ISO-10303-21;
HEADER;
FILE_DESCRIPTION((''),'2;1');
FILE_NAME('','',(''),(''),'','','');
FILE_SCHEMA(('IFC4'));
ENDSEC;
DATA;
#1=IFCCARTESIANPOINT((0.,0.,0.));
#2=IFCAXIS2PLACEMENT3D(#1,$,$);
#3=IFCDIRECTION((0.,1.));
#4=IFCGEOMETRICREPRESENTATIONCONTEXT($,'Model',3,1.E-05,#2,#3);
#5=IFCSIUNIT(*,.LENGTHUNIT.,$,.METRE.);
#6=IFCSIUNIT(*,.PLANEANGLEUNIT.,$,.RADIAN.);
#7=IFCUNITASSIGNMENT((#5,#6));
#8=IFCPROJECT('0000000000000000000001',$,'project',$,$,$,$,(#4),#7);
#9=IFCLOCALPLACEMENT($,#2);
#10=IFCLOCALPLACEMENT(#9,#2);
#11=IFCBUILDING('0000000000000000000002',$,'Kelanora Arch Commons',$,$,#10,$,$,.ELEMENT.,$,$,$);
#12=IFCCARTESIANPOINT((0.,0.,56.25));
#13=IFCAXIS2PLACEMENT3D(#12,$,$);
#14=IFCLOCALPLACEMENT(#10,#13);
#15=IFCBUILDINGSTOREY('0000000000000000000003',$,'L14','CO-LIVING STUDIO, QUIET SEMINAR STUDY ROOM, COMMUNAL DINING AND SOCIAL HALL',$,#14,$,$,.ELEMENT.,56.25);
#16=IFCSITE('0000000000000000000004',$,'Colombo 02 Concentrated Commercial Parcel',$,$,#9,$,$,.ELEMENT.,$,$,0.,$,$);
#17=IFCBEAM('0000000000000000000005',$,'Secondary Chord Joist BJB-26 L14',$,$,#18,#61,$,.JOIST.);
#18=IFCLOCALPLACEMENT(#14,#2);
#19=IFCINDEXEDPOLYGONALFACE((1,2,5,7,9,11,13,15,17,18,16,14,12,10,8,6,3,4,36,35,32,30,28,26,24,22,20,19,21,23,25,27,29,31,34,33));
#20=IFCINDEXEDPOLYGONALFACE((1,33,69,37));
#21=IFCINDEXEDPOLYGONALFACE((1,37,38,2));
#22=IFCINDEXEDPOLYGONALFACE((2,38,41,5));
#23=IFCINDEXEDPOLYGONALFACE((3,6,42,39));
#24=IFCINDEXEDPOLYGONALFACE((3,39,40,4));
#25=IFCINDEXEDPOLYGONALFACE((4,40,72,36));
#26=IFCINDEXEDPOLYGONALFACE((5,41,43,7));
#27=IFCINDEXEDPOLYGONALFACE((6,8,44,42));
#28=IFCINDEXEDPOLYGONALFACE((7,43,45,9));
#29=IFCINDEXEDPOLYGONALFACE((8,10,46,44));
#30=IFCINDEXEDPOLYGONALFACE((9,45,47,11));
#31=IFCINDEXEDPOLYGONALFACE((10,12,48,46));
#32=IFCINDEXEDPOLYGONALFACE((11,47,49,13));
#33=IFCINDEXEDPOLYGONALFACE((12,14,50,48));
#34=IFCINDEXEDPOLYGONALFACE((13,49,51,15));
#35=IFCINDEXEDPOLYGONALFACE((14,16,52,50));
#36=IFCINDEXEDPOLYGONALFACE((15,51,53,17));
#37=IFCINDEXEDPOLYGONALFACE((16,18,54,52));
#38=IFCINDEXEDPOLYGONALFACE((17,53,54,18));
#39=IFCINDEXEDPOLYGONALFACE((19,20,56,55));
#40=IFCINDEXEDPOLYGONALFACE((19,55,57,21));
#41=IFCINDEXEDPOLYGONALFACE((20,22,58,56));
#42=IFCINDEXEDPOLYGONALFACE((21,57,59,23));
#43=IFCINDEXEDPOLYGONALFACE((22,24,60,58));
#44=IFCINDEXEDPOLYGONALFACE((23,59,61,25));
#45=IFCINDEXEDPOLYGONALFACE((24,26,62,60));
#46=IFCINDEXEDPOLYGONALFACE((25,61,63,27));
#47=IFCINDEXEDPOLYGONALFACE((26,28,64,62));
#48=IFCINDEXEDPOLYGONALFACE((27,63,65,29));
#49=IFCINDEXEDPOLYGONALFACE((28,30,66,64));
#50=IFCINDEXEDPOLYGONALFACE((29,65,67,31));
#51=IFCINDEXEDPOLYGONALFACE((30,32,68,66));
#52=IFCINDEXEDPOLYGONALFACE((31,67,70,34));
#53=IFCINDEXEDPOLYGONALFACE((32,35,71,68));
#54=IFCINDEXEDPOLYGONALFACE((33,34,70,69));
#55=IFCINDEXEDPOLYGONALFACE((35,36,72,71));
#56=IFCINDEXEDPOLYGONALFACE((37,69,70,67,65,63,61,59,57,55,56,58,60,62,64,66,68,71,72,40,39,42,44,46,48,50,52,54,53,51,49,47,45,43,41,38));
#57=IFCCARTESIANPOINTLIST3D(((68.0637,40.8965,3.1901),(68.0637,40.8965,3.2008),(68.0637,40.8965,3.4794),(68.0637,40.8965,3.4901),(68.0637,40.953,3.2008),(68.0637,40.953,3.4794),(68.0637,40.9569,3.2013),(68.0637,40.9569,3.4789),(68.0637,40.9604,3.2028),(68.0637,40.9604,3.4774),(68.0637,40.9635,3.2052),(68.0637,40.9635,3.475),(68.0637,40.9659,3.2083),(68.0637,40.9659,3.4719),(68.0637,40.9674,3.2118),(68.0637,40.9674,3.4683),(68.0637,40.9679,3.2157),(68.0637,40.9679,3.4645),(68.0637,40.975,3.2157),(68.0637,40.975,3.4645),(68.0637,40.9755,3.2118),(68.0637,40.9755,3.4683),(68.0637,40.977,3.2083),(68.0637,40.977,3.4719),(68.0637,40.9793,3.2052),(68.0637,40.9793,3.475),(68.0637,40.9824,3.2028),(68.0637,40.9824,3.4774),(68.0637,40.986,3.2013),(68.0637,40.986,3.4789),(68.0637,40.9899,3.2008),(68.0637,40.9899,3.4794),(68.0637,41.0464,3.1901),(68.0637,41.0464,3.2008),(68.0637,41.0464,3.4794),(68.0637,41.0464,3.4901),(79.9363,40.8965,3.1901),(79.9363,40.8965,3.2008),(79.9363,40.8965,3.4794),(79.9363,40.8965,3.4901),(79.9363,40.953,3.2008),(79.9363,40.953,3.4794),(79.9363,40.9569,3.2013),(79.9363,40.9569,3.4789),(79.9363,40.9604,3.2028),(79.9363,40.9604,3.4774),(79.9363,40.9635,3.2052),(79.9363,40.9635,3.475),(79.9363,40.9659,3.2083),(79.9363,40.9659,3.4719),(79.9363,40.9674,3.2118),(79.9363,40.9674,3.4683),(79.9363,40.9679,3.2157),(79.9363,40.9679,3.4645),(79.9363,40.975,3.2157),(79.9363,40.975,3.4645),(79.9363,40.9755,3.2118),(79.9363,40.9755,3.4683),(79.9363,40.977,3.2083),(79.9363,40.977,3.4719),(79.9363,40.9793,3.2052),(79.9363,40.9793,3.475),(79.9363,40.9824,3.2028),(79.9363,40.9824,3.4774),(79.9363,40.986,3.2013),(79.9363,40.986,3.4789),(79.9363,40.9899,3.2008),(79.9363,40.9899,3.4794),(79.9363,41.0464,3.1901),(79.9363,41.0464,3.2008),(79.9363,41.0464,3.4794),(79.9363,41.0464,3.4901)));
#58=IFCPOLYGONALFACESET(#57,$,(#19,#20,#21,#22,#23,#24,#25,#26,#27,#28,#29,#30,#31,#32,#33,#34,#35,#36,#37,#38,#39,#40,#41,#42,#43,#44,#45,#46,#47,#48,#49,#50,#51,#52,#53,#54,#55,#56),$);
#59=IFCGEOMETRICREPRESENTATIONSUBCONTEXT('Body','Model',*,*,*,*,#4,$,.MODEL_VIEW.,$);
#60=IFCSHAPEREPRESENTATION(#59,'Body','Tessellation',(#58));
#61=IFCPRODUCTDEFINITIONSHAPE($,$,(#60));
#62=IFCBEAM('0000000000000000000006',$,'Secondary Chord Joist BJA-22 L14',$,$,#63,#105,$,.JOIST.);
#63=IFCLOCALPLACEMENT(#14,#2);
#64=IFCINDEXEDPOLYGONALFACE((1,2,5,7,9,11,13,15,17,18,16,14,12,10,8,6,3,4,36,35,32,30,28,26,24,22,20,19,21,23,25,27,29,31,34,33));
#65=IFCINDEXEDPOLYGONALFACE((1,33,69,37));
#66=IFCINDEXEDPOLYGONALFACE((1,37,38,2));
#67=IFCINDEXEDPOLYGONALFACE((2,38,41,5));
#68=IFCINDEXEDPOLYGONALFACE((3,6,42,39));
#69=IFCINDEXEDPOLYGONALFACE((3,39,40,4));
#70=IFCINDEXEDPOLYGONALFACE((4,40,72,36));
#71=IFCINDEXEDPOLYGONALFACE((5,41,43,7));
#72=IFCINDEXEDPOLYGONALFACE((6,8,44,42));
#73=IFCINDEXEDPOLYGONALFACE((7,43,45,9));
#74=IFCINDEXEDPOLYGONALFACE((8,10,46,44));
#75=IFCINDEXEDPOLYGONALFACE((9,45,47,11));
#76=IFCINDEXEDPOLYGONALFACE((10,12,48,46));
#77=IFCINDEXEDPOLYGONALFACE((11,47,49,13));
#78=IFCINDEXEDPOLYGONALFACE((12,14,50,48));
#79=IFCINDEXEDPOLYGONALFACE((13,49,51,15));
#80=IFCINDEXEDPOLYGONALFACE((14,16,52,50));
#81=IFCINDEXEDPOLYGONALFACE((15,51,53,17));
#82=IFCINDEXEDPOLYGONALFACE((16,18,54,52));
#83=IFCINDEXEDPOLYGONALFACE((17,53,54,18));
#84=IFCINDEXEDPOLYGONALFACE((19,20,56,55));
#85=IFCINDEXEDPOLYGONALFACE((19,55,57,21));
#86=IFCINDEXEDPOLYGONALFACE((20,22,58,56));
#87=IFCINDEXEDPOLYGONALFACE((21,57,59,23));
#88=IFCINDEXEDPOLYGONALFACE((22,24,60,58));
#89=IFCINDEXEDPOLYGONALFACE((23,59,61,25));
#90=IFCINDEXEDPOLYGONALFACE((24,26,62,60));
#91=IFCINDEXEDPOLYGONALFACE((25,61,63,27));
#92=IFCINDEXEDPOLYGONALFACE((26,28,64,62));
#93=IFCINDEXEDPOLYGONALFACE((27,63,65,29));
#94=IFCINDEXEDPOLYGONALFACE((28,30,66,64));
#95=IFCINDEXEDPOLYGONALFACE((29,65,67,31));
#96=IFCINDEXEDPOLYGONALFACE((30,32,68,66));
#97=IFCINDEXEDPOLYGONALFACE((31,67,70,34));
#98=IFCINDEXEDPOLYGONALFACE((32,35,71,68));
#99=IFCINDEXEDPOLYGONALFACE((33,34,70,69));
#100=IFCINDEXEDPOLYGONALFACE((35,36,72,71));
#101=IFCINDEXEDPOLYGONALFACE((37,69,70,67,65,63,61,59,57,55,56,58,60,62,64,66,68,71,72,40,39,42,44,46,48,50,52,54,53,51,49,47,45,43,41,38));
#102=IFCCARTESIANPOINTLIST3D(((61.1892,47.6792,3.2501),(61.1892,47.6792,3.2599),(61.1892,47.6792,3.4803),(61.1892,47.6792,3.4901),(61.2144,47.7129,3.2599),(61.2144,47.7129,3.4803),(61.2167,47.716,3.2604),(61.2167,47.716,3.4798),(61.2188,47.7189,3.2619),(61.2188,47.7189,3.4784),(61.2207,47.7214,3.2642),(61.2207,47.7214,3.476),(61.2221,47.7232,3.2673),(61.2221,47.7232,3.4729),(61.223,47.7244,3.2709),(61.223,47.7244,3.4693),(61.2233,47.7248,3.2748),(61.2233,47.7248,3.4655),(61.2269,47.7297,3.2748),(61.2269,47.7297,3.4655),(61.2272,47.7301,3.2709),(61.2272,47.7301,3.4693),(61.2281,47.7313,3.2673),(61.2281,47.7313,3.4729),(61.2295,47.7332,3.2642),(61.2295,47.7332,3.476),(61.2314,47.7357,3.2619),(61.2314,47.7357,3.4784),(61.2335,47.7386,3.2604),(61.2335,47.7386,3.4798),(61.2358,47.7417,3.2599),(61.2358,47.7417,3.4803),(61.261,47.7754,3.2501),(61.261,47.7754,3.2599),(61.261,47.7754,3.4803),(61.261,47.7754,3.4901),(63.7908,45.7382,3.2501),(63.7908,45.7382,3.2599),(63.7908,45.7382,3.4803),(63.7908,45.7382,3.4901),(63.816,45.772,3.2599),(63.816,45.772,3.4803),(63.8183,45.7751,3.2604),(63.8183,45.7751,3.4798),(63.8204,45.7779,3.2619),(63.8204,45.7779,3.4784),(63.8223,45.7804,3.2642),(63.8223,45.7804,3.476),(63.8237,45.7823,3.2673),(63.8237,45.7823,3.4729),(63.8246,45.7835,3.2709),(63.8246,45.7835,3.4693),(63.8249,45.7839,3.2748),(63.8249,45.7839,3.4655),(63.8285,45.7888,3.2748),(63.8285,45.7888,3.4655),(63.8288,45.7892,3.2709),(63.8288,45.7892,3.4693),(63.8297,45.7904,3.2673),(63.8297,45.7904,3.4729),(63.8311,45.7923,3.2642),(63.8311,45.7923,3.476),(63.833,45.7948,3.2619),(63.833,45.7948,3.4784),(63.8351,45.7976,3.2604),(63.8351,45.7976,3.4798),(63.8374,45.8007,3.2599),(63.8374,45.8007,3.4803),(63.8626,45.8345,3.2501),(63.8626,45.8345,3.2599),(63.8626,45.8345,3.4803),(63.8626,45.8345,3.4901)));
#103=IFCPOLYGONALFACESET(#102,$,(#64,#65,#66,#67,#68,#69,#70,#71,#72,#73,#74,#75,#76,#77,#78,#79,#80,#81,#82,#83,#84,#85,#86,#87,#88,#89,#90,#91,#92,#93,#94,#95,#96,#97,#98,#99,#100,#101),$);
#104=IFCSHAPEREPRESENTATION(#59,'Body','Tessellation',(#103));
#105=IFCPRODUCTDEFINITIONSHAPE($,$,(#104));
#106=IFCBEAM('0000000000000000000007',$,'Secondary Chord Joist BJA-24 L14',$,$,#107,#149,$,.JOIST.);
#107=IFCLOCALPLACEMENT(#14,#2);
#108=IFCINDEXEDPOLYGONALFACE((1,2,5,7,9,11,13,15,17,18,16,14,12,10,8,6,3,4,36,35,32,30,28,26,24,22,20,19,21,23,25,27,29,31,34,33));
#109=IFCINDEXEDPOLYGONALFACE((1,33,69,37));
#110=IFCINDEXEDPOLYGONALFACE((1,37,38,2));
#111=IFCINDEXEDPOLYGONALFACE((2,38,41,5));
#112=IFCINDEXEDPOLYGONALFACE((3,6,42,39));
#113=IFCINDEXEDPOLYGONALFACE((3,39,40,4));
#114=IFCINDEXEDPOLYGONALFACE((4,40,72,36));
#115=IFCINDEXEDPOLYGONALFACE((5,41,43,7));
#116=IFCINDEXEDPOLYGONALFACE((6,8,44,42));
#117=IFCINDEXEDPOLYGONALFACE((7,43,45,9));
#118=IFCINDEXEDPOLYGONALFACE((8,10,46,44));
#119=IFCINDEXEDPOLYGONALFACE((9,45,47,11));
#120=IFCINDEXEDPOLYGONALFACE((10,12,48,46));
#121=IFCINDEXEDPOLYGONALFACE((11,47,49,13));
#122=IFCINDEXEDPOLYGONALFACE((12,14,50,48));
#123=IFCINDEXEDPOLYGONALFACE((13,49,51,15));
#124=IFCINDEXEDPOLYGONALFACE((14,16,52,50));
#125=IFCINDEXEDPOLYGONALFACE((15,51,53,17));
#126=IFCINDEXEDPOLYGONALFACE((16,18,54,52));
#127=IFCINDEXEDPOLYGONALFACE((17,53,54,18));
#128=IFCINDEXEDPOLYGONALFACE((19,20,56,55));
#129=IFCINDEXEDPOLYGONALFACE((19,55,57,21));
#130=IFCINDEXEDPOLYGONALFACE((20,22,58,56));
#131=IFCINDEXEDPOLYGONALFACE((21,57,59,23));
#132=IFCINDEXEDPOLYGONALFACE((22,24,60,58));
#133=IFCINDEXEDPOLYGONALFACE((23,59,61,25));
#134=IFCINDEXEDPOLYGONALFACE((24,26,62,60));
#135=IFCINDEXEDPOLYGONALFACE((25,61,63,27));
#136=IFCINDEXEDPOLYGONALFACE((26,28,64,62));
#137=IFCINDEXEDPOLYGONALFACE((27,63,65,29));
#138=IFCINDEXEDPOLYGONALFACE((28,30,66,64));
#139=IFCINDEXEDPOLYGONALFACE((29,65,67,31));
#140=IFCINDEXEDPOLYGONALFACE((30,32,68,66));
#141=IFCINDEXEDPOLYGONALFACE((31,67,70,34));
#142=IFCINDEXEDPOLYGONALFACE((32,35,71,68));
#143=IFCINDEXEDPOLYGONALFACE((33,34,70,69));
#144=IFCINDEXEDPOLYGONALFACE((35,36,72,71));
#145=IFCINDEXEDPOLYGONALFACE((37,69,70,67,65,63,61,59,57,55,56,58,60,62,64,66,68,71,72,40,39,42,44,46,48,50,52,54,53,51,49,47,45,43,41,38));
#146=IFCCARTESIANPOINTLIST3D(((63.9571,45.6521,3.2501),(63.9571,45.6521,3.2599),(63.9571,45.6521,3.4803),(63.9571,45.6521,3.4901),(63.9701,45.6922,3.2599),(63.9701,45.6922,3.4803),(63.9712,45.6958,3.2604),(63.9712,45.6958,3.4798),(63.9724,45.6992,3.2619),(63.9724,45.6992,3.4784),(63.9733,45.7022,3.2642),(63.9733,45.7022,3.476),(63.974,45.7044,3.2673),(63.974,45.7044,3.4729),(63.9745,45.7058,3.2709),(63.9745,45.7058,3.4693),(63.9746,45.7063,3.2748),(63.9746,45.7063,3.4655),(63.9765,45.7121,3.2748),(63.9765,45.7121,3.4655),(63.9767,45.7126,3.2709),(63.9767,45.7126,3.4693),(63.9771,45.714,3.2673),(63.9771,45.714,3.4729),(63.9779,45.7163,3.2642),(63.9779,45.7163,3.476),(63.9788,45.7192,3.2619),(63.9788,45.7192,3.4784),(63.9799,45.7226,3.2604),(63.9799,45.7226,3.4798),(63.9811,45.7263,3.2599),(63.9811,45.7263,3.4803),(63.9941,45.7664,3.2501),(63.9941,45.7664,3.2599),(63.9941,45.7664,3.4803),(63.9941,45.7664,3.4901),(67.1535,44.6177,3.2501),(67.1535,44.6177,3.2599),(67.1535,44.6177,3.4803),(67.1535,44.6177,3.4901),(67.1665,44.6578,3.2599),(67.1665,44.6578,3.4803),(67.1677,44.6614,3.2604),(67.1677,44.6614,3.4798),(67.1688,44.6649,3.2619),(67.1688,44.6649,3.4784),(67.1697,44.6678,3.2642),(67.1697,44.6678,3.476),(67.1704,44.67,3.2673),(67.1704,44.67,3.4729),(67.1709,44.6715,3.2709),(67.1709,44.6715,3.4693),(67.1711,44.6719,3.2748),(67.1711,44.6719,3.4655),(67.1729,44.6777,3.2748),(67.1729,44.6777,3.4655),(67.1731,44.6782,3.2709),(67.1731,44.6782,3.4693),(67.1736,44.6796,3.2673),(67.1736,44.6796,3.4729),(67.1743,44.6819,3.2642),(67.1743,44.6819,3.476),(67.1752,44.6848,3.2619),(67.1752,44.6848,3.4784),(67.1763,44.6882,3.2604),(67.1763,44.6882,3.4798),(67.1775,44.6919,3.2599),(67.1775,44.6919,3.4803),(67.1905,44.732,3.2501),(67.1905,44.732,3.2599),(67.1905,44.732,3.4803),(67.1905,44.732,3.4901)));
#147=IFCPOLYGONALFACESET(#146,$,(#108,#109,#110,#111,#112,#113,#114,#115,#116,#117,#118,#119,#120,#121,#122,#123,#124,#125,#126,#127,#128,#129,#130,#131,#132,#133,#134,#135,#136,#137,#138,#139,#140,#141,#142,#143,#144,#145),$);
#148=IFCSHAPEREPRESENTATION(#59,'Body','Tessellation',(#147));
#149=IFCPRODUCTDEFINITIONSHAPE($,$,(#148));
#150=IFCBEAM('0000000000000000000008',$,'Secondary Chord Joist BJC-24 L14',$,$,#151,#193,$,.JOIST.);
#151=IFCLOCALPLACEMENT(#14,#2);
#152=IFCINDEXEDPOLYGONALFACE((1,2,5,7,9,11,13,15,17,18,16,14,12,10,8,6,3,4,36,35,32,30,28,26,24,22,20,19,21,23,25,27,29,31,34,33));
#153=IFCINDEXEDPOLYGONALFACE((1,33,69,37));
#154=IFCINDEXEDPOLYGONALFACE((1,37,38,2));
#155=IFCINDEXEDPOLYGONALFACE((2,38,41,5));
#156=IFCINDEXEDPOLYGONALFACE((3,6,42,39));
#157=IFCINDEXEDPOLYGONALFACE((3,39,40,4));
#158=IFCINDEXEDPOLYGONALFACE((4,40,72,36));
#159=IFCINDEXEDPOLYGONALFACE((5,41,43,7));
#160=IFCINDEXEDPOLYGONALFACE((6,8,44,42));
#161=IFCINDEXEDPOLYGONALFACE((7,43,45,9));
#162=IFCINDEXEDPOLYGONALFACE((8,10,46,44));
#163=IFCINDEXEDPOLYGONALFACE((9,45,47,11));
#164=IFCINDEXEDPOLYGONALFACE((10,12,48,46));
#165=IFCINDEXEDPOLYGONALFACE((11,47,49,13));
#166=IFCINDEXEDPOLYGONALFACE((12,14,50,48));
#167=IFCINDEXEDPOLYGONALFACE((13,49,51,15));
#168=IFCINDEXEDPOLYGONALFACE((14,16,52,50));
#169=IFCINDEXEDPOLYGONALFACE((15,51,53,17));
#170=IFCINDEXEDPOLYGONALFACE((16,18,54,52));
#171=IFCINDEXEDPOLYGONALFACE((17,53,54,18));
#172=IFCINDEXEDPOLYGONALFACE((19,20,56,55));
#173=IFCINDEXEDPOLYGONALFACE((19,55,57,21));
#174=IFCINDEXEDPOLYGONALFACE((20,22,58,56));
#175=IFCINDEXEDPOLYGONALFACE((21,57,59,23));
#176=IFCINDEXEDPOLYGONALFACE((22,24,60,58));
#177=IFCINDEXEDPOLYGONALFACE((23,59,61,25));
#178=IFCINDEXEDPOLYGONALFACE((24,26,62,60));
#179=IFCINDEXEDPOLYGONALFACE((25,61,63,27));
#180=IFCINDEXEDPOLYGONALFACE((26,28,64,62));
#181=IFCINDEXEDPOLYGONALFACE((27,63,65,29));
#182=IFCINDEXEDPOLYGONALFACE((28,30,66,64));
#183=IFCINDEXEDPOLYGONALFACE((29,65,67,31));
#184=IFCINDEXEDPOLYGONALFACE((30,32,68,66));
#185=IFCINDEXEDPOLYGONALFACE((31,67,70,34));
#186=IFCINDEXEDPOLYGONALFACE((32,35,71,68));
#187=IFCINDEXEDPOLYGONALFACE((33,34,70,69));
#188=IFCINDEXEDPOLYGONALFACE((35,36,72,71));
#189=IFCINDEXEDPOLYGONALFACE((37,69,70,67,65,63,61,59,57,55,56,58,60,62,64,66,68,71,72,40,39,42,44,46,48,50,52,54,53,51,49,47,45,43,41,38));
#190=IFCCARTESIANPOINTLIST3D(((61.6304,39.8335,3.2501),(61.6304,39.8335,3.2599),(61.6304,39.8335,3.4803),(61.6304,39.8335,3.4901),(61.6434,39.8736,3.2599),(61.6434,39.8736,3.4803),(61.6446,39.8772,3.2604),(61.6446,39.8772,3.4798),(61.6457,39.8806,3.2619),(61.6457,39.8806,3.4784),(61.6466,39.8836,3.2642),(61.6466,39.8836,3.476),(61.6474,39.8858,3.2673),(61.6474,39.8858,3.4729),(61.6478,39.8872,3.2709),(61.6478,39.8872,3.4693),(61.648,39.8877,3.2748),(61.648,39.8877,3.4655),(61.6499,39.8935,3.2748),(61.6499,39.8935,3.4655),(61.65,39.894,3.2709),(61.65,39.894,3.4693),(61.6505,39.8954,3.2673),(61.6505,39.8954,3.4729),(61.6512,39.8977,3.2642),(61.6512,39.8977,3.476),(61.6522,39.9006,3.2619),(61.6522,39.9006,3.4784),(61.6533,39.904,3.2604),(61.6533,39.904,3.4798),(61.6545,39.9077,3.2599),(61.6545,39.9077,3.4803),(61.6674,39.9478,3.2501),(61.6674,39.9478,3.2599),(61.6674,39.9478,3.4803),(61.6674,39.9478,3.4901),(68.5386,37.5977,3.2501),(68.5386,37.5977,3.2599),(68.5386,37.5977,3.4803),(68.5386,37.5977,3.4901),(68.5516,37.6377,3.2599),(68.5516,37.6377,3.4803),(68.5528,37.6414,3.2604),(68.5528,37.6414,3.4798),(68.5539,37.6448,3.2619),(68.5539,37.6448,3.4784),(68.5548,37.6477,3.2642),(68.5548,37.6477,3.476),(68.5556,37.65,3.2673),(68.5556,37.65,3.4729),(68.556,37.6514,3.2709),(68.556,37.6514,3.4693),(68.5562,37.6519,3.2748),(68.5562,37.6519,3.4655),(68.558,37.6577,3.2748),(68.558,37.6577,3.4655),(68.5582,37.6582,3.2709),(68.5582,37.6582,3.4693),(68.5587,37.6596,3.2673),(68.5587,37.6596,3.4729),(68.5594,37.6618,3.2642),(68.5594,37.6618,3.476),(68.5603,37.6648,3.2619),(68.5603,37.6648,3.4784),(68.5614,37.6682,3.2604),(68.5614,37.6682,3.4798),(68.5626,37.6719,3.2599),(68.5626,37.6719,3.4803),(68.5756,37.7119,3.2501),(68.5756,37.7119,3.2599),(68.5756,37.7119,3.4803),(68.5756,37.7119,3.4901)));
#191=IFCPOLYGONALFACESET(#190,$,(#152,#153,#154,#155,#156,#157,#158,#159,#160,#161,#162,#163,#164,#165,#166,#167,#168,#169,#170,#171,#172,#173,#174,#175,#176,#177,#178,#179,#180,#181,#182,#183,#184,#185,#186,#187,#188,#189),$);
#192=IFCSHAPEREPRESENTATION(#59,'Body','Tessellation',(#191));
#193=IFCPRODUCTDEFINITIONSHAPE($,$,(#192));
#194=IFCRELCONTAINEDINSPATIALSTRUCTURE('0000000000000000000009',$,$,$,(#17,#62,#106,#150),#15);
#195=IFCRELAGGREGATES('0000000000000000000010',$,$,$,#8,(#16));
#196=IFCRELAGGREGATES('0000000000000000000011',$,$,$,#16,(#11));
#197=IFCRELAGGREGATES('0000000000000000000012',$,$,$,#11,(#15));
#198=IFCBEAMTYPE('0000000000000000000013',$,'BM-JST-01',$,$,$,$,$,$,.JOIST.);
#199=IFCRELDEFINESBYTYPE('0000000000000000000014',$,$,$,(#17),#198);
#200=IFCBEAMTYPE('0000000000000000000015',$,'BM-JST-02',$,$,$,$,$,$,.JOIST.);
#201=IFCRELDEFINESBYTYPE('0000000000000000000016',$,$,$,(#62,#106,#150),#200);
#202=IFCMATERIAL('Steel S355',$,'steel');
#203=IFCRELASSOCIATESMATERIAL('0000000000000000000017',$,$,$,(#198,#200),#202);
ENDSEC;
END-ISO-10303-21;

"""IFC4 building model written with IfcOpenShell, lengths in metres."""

from ifc_helpers import new_model, si_unit, direction, frame, origin, origin_2d, place, context, subcontext, project, spatial, i_section, extrude, material, material_profile, profile_set, type_object, element, save


model = new_model("IFC4")

# Units and contexts
model_context = context("Model", 3, precision=1e-05, world=origin(), true_north=direction((0.0, 1.0)))
body_context = subcontext(model_context, "Body", "Model", "MODEL_VIEW")
ifc_project = project(units=[si_unit("LENGTHUNIT", "METRE"), si_unit("PLANEANGLEUNIT", "RADIAN")], contexts=[model_context])

# Site, building, storey
site_placement = place(None, origin())
site = spatial("IfcSite", under=ifc_project, at=site_placement, Name="Colombo 02 Concentrated Commercial Parcel", CompositionType="ELEMENT", RefElevation=0.0)
building_placement = place(site_placement, origin())
building = spatial("IfcBuilding", under=site, at=building_placement, Name="Kelanora Arch Commons", CompositionType="ELEMENT")
storey_placement = place(building_placement, frame((0.0, 0.0, 56.25)))
storey = spatial("IfcBuildingStorey", under=building, at=storey_placement, Name="L14", Description="CO-LIVING STUDIO, QUIET SEMINAR STUDY ROOM, COMMUNAL DINING AND SOCIAL HALL", CompositionType="ELEMENT", Elevation=56.25)

# Beams
ifc_material_1 = material(Name="Steel S355", Category="steel")
ifc_material_profile_1 = material_profile(ifc_material_1, i_section(OverallWidth=0.1499, OverallDepth=0.3, WebThickness=0.0071, FlangeThickness=0.0107, FilletRadius=0.0149, at=origin_2d()), Name="IPE300")
ifc_profile_set_1 = profile_set([ifc_material_profile_1], Name="Steel S355")
beam_type_1 = type_object("IfcBeamType", Name="BM-JST-01", PredefinedType="JOIST", material=ifc_profile_set_1)
beam_1_placement = place(storey_placement, frame((68.0637, 40.9714, 3.3401), z_axis=(1.0, 0.0, 0.0), x_axis=(0.0, 1.0, 0.0)))
element("IfcBeam", 1, at=beam_1_placement, inside=storey, type_object=beam_type_1, Name="Secondary Chord Joist BJB-26 L14", PredefinedType="JOIST", context=body_context, shape_type="SweptSolid", body=[
    extrude(i_section(OverallWidth=0.1499, OverallDepth=0.3, WebThickness=0.0071, FlangeThickness=0.0107, FilletRadius=0.0149, at=origin_2d()), origin(), (0.0, 0.0, 1.0), 11.8726),
])
ifc_material_profile_2 = material_profile(ifc_material_1, i_section(OverallWidth=0.1201, OverallDepth=0.24, WebThickness=0.0061, FlangeThickness=0.0098, FilletRadius=0.0149, at=origin_2d()), Name="IPE240")
ifc_profile_set_2 = profile_set([ifc_material_profile_2], Name="Steel S355")
beam_type_2 = type_object("IfcBeamType", Name="BM-JST-02", PredefinedType="JOIST", material=ifc_profile_set_2)
beam_2_placement = place(storey_placement, frame((61.2251, 47.7273, 3.3701), z_axis=(0.801514, -0.597976, 0.0), x_axis=(0.597976, 0.801514, 0.0)))
element("IfcBeam", 2, at=beam_2_placement, inside=storey, type_object=beam_type_2, Name="Secondary Chord Joist BJA-22 L14", PredefinedType="JOIST", context=body_context, shape_type="SweptSolid", body=[
    extrude(i_section(OverallWidth=0.1201, OverallDepth=0.24, WebThickness=0.0061, FlangeThickness=0.0098, FilletRadius=0.0149, at=origin_2d()), origin(), (0.0, 0.0, 1.0), 3.2458),
])
beam_3_placement = place(storey_placement, frame((63.9756, 45.7092, 3.3701), z_axis=(0.951423, -0.307888, 0.0), x_axis=(0.307888, 0.951423, 0.0)))
element("IfcBeam", 3, at=beam_3_placement, inside=storey, type_object=beam_type_2, Name="Secondary Chord Joist BJA-24 L14", PredefinedType="JOIST", context=body_context, shape_type="SweptSolid", body=[
    extrude(i_section(OverallWidth=0.1201, OverallDepth=0.24, WebThickness=0.0061, FlangeThickness=0.0098, FilletRadius=0.0149, at=origin_2d()), origin(), (0.0, 0.0, 1.0), 3.3596),
])
beam_4_placement = place(storey_placement, frame((61.6489, 39.8906, 3.3701), z_axis=(0.951411, -0.307924, 0.0), x_axis=(0.307924, 0.951411, 0.0)))
element("IfcBeam", 4, at=beam_4_placement, inside=storey, type_object=beam_type_2, Name="Secondary Chord Joist BJC-24 L14", PredefinedType="JOIST", context=body_context, shape_type="SweptSolid", body=[
    extrude(i_section(OverallWidth=0.1201, OverallDepth=0.24, WebThickness=0.0061, FlangeThickness=0.0098, FilletRadius=0.0149, at=origin_2d()), origin(), (0.0, 0.0, 1.0), 7.261),
])

save(model, "model.ifc")
